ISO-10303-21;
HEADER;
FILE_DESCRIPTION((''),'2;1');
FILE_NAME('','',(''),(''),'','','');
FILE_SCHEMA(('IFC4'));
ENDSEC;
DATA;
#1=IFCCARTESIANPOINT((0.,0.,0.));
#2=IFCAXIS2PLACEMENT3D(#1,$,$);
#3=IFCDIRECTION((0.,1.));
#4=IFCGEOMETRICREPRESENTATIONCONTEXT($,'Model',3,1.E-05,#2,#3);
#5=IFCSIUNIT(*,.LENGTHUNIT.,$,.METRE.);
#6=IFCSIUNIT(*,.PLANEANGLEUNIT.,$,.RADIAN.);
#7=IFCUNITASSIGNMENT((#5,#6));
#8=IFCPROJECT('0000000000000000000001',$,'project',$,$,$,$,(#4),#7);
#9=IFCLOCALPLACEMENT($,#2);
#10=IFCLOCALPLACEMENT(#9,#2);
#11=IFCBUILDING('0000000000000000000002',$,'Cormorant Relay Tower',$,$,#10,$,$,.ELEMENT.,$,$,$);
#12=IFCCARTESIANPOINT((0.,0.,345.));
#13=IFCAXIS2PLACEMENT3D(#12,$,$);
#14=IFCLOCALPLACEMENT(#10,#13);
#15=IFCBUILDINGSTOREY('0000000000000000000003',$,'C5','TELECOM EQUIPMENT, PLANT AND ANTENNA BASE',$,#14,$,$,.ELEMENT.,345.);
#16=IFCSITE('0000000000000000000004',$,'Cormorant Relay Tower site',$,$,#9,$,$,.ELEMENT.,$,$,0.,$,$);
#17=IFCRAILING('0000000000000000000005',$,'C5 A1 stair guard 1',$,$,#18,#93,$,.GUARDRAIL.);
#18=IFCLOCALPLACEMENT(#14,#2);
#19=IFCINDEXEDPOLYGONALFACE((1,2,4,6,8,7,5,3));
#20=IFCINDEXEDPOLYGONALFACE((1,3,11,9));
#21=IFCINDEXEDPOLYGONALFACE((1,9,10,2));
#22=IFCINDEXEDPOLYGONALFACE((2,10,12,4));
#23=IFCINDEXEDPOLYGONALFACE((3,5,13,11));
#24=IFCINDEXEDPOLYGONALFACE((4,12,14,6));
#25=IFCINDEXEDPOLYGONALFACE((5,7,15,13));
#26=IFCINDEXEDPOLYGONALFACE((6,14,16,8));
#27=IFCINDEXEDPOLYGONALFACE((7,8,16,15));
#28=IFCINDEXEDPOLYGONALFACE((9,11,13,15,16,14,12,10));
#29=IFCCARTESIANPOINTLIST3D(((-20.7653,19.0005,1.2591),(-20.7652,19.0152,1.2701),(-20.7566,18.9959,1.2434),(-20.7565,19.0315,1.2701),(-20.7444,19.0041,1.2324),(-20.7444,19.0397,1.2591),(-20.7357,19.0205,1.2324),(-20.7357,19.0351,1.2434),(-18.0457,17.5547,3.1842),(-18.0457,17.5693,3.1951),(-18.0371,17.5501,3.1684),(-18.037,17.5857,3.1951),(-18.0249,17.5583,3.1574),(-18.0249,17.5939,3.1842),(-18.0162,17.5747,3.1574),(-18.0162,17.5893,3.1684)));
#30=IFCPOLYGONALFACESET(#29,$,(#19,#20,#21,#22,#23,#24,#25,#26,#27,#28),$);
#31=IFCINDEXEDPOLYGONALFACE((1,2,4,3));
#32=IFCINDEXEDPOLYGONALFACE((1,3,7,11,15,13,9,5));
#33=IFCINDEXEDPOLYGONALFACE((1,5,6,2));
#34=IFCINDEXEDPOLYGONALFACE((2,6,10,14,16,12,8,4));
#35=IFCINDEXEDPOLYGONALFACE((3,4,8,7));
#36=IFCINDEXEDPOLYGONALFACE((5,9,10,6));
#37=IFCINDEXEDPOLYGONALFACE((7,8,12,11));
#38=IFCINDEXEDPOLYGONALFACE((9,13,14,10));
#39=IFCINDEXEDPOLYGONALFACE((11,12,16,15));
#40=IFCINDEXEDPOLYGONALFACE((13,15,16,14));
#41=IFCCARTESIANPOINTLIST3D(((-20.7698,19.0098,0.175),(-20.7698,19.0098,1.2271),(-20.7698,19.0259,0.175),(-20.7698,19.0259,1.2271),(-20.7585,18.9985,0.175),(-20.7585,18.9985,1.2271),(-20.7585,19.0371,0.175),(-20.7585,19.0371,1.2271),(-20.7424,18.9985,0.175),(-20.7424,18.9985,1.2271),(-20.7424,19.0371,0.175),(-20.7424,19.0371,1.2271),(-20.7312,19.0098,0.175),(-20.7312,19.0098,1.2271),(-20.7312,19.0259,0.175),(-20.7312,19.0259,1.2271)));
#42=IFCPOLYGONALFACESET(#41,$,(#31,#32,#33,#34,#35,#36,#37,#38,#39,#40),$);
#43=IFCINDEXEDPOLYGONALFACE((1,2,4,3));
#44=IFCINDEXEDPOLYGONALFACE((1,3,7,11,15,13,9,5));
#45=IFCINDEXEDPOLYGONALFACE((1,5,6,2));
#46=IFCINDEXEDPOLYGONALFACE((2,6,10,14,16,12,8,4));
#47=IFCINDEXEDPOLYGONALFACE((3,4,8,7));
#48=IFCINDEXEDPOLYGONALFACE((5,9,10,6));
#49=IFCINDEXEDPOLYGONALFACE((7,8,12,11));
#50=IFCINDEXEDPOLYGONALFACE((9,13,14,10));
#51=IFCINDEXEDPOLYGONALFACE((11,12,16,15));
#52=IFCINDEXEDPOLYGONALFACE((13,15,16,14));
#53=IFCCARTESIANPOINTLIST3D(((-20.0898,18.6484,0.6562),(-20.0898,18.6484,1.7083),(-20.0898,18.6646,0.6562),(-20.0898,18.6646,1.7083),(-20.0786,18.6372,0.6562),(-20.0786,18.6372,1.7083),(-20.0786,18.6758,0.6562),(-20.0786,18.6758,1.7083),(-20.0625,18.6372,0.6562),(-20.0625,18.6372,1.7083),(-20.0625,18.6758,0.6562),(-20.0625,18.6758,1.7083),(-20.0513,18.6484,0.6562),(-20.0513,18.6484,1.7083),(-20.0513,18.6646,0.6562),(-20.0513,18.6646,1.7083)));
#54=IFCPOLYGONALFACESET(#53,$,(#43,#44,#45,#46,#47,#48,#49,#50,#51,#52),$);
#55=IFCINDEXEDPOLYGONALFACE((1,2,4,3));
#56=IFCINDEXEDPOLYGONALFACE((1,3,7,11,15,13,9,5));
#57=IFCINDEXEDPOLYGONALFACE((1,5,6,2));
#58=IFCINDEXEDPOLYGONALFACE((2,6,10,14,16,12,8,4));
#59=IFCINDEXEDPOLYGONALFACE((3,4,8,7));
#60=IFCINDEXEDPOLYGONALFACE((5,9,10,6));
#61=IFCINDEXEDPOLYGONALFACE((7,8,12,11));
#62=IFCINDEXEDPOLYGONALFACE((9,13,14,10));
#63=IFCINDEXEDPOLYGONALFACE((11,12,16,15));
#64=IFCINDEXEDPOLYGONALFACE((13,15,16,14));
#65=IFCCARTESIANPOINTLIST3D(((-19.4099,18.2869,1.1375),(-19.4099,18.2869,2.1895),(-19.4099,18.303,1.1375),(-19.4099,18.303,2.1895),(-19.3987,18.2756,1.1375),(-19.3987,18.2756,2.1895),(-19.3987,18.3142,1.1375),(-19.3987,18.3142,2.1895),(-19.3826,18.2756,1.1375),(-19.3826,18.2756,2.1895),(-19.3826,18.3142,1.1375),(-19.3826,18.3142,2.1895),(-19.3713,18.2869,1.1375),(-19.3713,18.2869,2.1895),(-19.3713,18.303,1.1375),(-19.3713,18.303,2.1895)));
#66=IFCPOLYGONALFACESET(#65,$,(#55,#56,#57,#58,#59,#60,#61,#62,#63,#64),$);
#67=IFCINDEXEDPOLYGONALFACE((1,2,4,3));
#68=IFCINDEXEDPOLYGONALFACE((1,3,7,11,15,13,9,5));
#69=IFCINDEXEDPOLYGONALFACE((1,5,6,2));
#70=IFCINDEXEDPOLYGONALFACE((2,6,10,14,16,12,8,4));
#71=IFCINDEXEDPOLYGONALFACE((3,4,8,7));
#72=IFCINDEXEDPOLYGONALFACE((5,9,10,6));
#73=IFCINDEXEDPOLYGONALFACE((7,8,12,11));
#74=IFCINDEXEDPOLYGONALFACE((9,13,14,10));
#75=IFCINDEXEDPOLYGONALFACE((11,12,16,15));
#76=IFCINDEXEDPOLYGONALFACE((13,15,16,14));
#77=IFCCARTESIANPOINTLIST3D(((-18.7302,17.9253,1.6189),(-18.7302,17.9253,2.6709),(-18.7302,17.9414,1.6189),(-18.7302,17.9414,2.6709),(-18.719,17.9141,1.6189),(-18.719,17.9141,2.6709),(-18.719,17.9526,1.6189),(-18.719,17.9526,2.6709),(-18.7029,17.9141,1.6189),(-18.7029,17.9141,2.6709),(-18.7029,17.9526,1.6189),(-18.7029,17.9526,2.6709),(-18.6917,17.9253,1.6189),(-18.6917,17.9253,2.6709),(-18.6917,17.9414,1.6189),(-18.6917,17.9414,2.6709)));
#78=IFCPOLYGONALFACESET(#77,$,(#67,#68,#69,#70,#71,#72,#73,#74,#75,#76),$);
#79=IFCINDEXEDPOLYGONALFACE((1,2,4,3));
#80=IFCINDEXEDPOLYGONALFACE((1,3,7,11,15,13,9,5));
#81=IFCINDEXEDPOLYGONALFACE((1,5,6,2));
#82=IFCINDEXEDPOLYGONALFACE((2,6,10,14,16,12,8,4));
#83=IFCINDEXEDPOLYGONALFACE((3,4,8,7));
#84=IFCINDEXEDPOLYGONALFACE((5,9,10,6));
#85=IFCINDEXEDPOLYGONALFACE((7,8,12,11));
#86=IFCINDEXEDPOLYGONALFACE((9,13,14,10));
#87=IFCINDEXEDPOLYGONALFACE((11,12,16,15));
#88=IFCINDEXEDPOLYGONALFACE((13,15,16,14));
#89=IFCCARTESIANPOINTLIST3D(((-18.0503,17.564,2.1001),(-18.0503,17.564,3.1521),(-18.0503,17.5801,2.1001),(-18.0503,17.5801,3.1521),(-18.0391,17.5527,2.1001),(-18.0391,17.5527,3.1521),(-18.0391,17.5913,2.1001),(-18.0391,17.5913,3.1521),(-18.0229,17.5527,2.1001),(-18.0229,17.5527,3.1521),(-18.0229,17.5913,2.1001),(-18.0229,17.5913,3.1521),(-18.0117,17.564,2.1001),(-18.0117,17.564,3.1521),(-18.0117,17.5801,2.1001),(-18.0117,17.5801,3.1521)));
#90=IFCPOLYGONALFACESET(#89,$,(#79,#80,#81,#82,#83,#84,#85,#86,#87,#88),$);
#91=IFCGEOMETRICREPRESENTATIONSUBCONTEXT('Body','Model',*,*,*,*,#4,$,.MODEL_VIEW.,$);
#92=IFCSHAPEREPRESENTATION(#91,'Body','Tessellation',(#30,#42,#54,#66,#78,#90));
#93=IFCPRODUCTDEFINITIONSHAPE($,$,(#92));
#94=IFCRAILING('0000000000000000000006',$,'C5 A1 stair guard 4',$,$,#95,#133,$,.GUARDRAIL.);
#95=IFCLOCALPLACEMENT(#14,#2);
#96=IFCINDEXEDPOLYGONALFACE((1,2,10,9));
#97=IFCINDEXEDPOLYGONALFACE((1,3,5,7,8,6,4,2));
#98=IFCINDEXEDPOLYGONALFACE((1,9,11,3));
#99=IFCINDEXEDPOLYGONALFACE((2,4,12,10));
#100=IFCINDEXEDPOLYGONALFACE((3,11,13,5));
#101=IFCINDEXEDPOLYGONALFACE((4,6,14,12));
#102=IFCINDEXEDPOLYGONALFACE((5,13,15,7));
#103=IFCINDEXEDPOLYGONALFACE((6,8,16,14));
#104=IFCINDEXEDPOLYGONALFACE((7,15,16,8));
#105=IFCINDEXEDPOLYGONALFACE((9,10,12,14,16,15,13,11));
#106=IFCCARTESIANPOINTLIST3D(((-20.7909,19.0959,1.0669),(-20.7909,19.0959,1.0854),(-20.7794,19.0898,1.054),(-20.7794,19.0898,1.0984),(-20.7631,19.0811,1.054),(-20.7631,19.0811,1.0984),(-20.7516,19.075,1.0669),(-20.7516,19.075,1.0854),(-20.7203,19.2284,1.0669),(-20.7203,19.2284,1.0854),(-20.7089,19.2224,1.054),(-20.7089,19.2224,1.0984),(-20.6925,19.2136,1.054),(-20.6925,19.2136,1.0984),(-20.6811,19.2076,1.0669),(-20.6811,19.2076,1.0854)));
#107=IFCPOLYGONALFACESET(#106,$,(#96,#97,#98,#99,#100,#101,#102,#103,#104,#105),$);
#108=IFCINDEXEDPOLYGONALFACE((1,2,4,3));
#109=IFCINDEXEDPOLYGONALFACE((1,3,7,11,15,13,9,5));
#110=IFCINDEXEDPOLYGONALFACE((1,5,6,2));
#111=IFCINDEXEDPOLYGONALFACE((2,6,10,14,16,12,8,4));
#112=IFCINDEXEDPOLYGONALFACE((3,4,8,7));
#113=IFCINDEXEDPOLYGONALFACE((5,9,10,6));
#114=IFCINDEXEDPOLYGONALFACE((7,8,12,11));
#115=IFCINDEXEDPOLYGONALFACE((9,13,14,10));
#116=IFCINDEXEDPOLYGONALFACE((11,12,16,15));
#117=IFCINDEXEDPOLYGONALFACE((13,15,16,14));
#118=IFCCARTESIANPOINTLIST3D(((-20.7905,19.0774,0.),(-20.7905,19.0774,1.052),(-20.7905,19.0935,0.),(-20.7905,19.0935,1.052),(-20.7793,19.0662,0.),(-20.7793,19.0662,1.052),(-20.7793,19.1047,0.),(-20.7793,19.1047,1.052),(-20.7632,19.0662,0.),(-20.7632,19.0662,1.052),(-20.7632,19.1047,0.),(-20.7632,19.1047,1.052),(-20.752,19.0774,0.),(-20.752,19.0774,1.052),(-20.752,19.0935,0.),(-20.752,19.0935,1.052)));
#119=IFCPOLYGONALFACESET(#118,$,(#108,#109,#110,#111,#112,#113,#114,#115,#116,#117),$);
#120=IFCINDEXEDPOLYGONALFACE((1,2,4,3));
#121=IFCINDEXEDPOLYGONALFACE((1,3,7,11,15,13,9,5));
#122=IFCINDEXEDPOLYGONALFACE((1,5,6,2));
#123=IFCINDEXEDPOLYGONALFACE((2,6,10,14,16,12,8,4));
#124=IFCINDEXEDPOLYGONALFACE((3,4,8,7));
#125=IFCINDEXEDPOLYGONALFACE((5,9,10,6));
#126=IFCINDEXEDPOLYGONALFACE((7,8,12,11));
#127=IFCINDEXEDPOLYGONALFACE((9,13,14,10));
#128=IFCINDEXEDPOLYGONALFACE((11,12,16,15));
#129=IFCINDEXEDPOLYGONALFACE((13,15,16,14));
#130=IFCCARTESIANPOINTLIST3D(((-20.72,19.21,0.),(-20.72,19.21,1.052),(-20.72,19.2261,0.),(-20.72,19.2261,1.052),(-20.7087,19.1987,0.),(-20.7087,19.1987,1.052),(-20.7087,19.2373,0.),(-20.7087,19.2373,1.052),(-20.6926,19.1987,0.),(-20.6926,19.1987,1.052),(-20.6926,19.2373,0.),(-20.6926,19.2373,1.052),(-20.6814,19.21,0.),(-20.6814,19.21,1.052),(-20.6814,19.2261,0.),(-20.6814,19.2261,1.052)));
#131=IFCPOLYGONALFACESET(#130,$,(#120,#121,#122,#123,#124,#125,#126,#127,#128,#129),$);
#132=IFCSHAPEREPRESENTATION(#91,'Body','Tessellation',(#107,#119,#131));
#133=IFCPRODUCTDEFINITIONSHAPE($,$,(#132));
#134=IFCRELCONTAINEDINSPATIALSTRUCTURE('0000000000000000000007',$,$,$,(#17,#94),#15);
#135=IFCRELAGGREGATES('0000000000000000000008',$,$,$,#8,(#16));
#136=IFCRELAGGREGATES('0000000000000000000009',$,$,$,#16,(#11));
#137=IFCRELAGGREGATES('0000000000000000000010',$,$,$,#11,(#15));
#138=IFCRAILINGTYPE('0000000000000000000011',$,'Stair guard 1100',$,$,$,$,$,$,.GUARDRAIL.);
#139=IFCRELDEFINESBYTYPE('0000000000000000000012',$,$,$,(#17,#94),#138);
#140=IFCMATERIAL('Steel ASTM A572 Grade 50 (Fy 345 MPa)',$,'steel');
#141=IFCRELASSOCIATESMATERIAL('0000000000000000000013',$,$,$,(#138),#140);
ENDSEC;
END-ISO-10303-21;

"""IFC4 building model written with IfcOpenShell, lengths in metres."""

from ifc_helpers import new_model, si_unit, direction, frame, origin, place, context, subcontext, project, spatial, polyline, outline, extrude, material, type_object, element, save


model = new_model("IFC4")

# Units and contexts
model_context = context("Model", 3, precision=1e-05, world=origin(), true_north=direction((0.0, 1.0)))
body_context = subcontext(model_context, "Body", "Model", "MODEL_VIEW")
ifc_project = project(units=[si_unit("LENGTHUNIT", "METRE"), si_unit("PLANEANGLEUNIT", "RADIAN")], contexts=[model_context])

# Site, building, storey
site_placement = place(None, origin())
site = spatial("IfcSite", under=ifc_project, at=site_placement, Name="Cormorant Relay Tower site", CompositionType="ELEMENT", RefElevation=0.0)
building_placement = place(site_placement, origin())
building = spatial("IfcBuilding", under=site, at=building_placement, Name="Cormorant Relay Tower", CompositionType="ELEMENT")
storey_placement = place(building_placement, frame((0.0, 0.0, 345.0)))
storey = spatial("IfcBuildingStorey", under=building, at=storey_placement, Name="C5", Description="TELECOM EQUIPMENT, PLANT AND ANTENNA BASE", CompositionType="ELEMENT", Elevation=345.0)

# Railings
ifc_material_1 = material(Name="Steel ASTM A572 Grade 50 (Fy 345 MPa)", Category="steel")
railing_type_1 = type_object("IfcRailingType", Name="Stair guard 1100", PredefinedType="GUARDRAIL", material=ifc_material_1)
railing_1_placement = place(storey_placement, frame((-20.7505, 19.0178, 0.175)))
element("IfcRailing", 1, at=railing_1_placement, inside=storey, type_object=railing_type_1, Name="C5 A1 stair guard 1", PredefinedType="GUARDRAIL", context=body_context, shape_type="SweptSolid", body=[
    extrude(outline(polyline([(0.0222, 0.0093), (0.0093, 0.0222), (-0.0093, 0.0222), (-0.0222, 0.0093), (-0.0222, -0.0093), (-0.0093, -0.0222), (0.0093, -0.0222), (0.0222, -0.0093), (0.0222, 0.0093)])), frame((0.0, 0.0, 1.0762), z_axis=(0.748747, -0.398068, 0.530018), x_axis=(0.469428, 0.882971, 0.0)), (0.0, 0.0, 1.0), 3.6321),
    extrude(outline(polyline([(0.0193, 0.0081), (0.0081, 0.0193), (-0.0081, 0.0193), (-0.0193, 0.0081), (-0.0193, -0.0081), (-0.0081, -0.0193), (0.0081, -0.0193), (0.0193, -0.0081), (0.0193, 0.0081)])), origin(), (0.0, 0.0, 1.0), 1.052),
    extrude(outline(polyline([(0.0193, 0.0081), (0.0081, 0.0193), (-0.0081, 0.0193), (-0.0193, 0.0081), (-0.0193, -0.0081), (-0.0081, -0.0193), (0.0081, -0.0193), (0.0193, -0.0081), (0.0193, 0.0081)])), frame((0.6799, -0.3613, 0.4812)), (0.0, 0.0, 1.0), 1.052),
    extrude(outline(polyline([(0.0193, 0.0081), (0.0081, 0.0193), (-0.0081, 0.0193), (-0.0193, 0.0081), (-0.0193, -0.0081), (-0.0081, -0.0193), (0.0081, -0.0193), (0.0193, -0.0081), (0.0193, 0.0081)])), frame((1.3599, -0.7229, 0.9624)), (0.0, 0.0, 1.0), 1.052),
    extrude(outline(polyline([(0.0193, 0.0081), (0.0081, 0.0193), (-0.0081, 0.0193), (-0.0193, 0.0081), (-0.0193, -0.0081), (-0.0081, -0.0193), (0.0081, -0.0193), (0.0193, -0.0081), (0.0193, 0.0081)])), frame((2.0396, -1.0845, 1.4438)), (0.0, 0.0, 1.0), 1.052),
    extrude(outline(polyline([(0.0193, 0.0081), (0.0081, 0.0193), (-0.0081, 0.0193), (-0.0193, 0.0081), (-0.0193, -0.0081), (-0.0081, -0.0193), (0.0081, -0.0193), (0.0193, -0.0081), (0.0193, 0.0081)])), frame((2.7195, -1.4458, 1.925)), (0.0, 0.0, 1.0), 1.052),
])
railing_2_placement = place(storey_placement, frame((-20.7712, 19.0854, 0.0)))
element("IfcRailing", 2, at=railing_2_placement, inside=storey, type_object=railing_type_1, Name="C5 A1 stair guard 4", PredefinedType="GUARDRAIL", context=body_context, shape_type="SweptSolid", body=[
    extrude(outline(polyline([(0.0222, 0.0093), (0.0093, 0.0222), (-0.0093, 0.0222), (-0.0222, 0.0093), (-0.0222, -0.0093), (-0.0093, -0.0222), (0.0093, -0.0222), (0.0222, -0.0093), (0.0222, 0.0093)])), frame((0.0, 0.0, 1.0762), z_axis=(0.469829, 0.882758, 0.0), x_axis=(-0.882758, 0.469829, 0.0)), (0.0, 0.0, 1.0), 0.1501),
    extrude(outline(polyline([(0.0193, 0.0081), (0.0081, 0.0193), (-0.0081, 0.0193), (-0.0193, 0.0081), (-0.0193, -0.0081), (-0.0081, -0.0193), (0.0081, -0.0193), (0.0193, -0.0081), (0.0193, 0.0081)])), origin(), (0.0, 0.0, 1.0), 1.052),
    extrude(outline(polyline([(0.0193, 0.0081), (0.0081, 0.0193), (-0.0081, 0.0193), (-0.0193, 0.0081), (-0.0193, -0.0081), (-0.0081, -0.0193), (0.0081, -0.0193), (0.0193, -0.0081), (0.0193, 0.0081)])), frame((0.0706, 0.1326, 0.0)), (0.0, 0.0, 1.0), 1.052),
])

save(model, "model.ifc")
